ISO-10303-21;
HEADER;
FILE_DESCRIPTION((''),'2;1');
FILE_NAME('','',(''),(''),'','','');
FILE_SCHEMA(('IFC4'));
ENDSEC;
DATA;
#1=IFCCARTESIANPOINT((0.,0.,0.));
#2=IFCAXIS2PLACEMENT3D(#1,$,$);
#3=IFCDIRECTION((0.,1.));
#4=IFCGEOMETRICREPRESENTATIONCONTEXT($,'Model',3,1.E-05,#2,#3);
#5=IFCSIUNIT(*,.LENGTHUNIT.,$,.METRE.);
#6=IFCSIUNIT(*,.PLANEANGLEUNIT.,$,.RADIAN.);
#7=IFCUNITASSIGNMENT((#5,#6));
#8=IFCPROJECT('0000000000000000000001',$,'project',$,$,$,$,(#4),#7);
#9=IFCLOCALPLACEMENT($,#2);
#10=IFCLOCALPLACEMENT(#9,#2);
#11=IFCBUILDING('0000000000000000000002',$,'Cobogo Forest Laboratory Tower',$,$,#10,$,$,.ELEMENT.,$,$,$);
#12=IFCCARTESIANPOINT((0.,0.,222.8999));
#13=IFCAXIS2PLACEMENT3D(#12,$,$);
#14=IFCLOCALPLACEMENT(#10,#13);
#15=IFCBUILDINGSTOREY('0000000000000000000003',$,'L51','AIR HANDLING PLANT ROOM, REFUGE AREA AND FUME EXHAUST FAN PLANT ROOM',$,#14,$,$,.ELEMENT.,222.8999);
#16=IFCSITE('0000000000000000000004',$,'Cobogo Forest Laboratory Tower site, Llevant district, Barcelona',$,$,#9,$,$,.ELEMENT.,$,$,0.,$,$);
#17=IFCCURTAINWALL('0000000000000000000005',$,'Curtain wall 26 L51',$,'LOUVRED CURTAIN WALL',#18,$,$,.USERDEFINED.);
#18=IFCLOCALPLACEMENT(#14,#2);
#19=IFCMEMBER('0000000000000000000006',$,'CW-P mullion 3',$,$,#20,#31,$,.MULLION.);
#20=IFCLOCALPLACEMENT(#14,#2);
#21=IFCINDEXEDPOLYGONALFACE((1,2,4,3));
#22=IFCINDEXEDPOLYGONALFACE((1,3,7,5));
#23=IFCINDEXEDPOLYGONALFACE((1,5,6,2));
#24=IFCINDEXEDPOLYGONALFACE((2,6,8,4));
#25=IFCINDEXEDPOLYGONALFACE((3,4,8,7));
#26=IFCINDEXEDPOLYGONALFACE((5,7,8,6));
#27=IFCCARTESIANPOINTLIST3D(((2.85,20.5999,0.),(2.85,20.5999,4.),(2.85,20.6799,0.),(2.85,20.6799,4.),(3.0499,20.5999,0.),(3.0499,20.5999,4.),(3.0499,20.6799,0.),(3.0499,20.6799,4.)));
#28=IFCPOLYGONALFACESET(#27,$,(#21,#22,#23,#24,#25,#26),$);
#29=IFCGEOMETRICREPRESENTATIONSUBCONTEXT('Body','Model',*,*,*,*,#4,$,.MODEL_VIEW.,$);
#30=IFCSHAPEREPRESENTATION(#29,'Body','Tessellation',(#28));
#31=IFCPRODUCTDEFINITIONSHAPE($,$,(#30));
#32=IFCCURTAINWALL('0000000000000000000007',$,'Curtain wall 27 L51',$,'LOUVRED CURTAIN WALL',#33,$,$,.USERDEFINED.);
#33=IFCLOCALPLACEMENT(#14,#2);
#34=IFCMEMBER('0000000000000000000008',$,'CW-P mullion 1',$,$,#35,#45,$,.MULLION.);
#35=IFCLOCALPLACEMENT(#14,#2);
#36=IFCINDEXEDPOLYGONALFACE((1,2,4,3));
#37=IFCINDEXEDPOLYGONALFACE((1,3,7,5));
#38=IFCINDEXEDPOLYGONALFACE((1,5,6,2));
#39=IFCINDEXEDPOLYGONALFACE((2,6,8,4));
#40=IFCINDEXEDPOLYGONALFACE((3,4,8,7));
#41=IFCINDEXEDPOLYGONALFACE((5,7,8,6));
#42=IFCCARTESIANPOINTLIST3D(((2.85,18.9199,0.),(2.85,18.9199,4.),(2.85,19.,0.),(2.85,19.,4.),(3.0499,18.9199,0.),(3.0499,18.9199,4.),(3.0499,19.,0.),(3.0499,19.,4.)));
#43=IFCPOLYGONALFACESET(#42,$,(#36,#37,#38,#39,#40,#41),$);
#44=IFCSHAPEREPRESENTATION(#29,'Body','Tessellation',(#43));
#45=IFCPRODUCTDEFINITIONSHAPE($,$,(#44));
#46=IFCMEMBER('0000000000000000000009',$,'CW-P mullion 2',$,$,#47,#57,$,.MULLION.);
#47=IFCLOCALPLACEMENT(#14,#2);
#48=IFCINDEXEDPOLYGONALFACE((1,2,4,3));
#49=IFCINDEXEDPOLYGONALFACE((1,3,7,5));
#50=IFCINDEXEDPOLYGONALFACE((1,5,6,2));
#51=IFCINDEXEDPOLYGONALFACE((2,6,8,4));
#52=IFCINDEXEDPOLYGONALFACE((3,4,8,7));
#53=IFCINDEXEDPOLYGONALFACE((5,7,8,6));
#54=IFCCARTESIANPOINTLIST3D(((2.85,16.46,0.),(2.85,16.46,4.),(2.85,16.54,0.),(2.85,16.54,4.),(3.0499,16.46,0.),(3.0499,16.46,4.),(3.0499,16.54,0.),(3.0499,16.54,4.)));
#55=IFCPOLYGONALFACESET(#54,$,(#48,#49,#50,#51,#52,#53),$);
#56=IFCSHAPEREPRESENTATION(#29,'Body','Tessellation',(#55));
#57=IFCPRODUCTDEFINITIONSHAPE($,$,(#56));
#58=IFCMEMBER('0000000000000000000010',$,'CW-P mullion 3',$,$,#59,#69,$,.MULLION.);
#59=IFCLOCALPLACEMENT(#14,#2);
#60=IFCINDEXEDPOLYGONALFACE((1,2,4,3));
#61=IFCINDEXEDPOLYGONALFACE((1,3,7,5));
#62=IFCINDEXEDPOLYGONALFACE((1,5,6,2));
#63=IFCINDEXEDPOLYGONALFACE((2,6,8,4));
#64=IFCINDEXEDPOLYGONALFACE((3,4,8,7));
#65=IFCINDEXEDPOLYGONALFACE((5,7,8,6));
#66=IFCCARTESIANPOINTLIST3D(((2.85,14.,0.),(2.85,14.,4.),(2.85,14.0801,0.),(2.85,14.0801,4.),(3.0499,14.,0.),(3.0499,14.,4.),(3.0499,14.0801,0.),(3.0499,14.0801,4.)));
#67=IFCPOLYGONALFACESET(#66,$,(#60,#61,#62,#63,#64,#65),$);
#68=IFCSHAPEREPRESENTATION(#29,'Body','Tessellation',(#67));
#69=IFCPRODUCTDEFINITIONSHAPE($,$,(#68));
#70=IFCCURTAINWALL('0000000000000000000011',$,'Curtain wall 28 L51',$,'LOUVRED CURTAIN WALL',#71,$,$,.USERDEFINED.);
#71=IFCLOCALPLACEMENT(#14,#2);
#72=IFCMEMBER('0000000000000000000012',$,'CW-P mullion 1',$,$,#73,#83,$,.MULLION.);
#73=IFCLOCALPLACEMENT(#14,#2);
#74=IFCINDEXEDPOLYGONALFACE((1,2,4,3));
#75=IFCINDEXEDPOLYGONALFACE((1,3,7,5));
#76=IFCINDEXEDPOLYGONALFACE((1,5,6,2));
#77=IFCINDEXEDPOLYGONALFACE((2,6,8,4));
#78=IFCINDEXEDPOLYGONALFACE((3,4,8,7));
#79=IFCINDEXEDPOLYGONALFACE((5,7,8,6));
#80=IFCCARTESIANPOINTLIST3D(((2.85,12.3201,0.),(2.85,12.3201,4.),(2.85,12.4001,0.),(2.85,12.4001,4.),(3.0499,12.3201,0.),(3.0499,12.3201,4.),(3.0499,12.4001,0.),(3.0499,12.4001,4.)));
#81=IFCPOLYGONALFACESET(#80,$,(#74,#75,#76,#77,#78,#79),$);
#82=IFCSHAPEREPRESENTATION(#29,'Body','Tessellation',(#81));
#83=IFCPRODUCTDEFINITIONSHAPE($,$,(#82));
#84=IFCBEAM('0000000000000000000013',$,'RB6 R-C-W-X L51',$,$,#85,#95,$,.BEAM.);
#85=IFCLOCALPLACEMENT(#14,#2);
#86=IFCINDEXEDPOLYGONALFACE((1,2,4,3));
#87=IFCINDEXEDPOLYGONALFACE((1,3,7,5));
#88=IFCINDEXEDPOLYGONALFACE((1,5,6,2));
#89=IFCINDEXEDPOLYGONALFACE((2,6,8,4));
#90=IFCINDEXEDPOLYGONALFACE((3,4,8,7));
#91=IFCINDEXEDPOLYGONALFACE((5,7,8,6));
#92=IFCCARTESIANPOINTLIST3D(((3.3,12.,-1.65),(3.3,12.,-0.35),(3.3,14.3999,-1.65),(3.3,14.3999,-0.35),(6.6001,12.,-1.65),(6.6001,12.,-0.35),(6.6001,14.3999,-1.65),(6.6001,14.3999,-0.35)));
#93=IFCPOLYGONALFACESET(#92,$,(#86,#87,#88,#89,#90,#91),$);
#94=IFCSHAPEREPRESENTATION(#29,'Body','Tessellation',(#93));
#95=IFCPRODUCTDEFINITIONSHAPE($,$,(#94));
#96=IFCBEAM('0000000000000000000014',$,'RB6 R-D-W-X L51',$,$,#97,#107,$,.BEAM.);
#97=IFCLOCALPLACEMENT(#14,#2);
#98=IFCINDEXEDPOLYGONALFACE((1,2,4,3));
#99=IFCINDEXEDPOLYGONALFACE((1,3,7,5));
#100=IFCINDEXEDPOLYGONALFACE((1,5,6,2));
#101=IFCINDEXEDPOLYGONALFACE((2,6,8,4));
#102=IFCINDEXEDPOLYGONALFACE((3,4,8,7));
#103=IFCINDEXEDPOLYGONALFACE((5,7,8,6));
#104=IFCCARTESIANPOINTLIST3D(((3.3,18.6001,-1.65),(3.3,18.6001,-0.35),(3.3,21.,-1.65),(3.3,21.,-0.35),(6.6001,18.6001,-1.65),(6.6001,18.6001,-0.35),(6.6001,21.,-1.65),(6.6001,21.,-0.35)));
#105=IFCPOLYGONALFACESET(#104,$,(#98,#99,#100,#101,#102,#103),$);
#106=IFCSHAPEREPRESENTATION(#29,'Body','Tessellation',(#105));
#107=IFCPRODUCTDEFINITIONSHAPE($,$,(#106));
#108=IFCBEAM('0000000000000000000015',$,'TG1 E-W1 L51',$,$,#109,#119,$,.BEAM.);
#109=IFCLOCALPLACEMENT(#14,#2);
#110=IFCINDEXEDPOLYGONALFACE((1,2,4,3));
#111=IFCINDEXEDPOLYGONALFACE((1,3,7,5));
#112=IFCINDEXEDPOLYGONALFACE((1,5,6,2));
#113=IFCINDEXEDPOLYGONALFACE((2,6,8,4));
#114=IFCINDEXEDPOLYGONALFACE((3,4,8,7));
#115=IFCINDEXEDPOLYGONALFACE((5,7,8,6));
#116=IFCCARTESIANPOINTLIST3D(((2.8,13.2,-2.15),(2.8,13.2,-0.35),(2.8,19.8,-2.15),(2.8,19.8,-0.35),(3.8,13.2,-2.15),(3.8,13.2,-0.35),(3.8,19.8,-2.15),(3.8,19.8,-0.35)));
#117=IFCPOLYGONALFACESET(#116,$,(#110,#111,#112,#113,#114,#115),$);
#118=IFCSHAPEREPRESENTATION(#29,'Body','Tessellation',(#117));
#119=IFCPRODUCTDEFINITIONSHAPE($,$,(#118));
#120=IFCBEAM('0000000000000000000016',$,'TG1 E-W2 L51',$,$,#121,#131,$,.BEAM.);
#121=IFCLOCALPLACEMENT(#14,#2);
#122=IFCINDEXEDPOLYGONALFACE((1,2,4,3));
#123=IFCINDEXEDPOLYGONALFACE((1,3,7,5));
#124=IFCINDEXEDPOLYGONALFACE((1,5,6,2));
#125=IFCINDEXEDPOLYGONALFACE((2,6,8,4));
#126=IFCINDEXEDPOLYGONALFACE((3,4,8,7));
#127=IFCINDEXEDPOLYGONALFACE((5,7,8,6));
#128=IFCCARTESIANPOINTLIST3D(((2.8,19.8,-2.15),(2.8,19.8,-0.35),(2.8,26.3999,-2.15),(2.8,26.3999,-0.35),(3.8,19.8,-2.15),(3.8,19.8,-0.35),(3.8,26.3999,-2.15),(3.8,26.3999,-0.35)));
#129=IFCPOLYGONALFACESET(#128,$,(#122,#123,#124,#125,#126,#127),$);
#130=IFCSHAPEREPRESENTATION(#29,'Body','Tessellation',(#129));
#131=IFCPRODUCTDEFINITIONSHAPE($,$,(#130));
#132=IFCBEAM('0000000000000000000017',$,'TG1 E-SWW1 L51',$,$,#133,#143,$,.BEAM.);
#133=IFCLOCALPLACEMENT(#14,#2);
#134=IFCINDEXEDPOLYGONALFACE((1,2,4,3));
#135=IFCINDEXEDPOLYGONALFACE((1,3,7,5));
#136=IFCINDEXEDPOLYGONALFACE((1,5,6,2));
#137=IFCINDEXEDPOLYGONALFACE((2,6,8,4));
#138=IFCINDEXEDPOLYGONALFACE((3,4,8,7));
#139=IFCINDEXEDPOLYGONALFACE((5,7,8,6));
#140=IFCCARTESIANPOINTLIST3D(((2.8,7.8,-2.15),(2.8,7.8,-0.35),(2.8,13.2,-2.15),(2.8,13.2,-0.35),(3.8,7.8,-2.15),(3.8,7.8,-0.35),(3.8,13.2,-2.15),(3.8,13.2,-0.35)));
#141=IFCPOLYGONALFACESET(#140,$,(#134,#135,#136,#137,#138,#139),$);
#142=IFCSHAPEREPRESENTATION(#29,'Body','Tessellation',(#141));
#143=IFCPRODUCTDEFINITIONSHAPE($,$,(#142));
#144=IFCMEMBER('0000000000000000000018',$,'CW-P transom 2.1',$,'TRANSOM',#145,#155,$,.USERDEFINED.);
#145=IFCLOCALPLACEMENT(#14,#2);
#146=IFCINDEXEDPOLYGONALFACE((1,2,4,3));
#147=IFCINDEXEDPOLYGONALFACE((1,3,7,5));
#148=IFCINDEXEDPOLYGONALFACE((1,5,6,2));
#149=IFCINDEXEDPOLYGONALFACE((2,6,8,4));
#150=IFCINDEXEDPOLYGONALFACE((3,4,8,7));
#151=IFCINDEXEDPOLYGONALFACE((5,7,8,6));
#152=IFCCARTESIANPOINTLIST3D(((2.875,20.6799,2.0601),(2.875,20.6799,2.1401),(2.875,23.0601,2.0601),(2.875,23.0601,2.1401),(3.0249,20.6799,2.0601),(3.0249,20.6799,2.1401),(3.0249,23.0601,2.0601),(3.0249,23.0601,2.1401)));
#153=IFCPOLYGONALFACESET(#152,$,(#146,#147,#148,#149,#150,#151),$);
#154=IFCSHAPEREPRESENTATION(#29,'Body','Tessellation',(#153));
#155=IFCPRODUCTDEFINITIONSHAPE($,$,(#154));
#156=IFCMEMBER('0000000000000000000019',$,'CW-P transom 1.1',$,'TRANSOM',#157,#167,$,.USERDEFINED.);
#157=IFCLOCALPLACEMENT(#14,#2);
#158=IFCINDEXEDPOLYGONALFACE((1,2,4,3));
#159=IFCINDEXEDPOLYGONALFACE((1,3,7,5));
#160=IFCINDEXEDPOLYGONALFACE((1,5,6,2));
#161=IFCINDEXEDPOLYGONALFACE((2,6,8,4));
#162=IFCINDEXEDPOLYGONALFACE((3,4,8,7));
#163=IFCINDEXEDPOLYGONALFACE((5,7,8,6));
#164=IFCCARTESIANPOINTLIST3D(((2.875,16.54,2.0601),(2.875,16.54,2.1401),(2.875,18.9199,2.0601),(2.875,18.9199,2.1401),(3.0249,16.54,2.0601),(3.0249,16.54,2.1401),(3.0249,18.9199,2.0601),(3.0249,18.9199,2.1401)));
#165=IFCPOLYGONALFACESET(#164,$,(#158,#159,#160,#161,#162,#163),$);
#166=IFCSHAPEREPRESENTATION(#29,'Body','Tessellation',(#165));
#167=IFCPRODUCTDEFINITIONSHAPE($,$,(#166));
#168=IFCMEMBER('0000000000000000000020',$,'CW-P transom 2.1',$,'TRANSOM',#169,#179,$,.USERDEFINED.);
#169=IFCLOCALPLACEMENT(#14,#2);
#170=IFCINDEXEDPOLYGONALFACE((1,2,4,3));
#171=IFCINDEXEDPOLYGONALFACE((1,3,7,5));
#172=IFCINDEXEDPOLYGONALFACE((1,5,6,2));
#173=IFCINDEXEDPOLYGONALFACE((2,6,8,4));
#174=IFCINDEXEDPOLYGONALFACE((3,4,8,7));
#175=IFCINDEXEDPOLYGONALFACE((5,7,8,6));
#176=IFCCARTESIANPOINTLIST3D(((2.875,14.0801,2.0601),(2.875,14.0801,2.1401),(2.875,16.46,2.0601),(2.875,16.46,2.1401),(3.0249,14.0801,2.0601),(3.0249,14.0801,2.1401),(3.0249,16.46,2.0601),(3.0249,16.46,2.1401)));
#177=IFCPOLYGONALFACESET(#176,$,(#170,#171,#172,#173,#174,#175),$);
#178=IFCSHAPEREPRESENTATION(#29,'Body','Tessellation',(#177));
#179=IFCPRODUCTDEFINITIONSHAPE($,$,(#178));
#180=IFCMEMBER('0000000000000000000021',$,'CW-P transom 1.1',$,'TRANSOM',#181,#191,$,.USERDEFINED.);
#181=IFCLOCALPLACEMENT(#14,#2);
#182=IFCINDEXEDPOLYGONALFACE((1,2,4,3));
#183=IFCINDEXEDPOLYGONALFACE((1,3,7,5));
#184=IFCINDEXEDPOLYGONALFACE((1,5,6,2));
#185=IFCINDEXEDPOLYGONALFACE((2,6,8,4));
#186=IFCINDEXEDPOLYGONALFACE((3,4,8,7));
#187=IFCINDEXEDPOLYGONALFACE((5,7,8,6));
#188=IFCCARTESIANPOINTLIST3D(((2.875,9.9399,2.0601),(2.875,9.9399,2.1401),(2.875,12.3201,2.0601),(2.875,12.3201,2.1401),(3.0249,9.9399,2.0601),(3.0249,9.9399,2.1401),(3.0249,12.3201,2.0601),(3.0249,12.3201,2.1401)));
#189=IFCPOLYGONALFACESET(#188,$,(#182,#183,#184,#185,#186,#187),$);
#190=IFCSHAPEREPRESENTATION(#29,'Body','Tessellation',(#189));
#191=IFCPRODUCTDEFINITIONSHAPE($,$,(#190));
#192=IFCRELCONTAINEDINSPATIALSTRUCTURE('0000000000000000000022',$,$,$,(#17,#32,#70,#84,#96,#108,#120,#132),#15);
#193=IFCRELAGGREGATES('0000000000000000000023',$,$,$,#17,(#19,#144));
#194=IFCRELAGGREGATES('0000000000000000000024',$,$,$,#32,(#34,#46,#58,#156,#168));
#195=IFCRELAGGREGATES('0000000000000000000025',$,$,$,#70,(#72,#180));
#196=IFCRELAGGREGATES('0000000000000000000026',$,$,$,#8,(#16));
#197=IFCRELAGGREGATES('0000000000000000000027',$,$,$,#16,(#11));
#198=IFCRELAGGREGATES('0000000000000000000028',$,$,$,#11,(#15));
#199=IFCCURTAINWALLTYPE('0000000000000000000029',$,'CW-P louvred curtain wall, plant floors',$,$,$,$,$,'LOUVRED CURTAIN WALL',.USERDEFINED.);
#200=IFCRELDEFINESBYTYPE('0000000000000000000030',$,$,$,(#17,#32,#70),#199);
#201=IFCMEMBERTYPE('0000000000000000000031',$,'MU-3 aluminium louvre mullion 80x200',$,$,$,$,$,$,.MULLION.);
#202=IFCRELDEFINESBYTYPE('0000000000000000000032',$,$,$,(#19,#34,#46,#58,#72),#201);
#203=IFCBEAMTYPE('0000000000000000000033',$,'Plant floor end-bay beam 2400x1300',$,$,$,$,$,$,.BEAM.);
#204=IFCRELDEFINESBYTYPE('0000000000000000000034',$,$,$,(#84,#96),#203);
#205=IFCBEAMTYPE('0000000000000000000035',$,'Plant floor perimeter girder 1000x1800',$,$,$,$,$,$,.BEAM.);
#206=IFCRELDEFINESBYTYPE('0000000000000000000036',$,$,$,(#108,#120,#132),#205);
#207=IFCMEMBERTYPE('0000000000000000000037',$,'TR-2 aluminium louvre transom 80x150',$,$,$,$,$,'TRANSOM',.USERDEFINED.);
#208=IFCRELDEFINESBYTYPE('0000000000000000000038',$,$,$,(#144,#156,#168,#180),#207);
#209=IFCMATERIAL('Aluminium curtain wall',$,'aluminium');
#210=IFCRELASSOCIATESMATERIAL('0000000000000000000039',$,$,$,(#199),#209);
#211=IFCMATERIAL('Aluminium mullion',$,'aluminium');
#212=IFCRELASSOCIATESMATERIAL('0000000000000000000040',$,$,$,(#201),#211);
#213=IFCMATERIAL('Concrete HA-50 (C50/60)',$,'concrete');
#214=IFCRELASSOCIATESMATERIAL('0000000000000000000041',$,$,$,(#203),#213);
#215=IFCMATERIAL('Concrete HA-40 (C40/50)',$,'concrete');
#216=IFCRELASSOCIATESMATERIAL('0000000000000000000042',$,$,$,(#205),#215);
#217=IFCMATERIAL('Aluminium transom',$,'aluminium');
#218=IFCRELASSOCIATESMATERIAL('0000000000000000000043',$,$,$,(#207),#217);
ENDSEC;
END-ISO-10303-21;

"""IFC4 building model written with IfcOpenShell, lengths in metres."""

from ifc_helpers import new_model, si_unit, direction, frame, origin, origin_2d, place, context, subcontext, project, spatial, rectangle, extrude, material, material_profile, profile_set, type_object, element, aggregate, save


model = new_model("IFC4")

# Units and contexts
model_context = context("Model", 3, precision=1e-05, world=origin(), true_north=direction((0.0, 1.0)))
body_context = subcontext(model_context, "Body", "Model", "MODEL_VIEW")
ifc_project = project(units=[si_unit("LENGTHUNIT", "METRE"), si_unit("PLANEANGLEUNIT", "RADIAN")], contexts=[model_context])

# Site, building, storey
site_placement = place(None, origin())
site = spatial("IfcSite", under=ifc_project, at=site_placement, Name="Cobogo Forest Laboratory Tower site, Llevant district, Barcelona", CompositionType="ELEMENT", RefElevation=0.0)
building_placement = place(site_placement, origin())
building = spatial("IfcBuilding", under=site, at=building_placement, Name="Cobogo Forest Laboratory Tower", CompositionType="ELEMENT")
storey_placement = place(building_placement, frame((0.0, 0.0, 222.8999)))
storey = spatial("IfcBuildingStorey", under=building, at=storey_placement, Name="L51", Description="AIR HANDLING PLANT ROOM, REFUGE AREA AND FUME EXHAUST FAN PLANT ROOM", CompositionType="ELEMENT", Elevation=222.8999)

# Shared definitions
ifc_material_1 = material(Name="Concrete HA-50 (C50/60)", Category="concrete")

# Curtain walls, members
ifc_material_2 = material(Name="Aluminium curtain wall", Category="aluminium")
curtain_wall_type = type_object("IfcCurtainWallType", Name="CW-P louvred curtain wall, plant floors", ElementType="LOUVRED CURTAIN WALL", PredefinedType="USERDEFINED", material=ifc_material_2)
curtain_wall_1_placement = place(storey_placement, origin())
curtain_wall_1 = element("IfcCurtainWall", 1, at=curtain_wall_1_placement, inside=storey, type_object=curtain_wall_type, Name="Curtain wall 26 L51", ObjectType="LOUVRED CURTAIN WALL", PredefinedType="USERDEFINED")
ifc_material_3 = material(Name="Aluminium mullion", Category="aluminium")
ifc_material_profile_1 = material_profile(ifc_material_3, rectangle(XDim=0.0801, YDim=0.2, at=origin_2d()), Name="AL 80x200")
ifc_profile_set_1 = profile_set([ifc_material_profile_1], Name="Aluminium mullion")
member_type_1 = type_object("IfcMemberType", Name="MU-3 aluminium louvre mullion 80x200", PredefinedType="MULLION", material=ifc_profile_set_1)
member_1_placement = place(storey_placement, frame((2.95, 20.6399, 0.0), z_axis=(0.0, 0.0, 1.0), x_axis=(0.0, -1.0, 0.0)))
member_1 = element("IfcMember", 2, at=member_1_placement, type_object=member_type_1, Name="CW-P mullion 3", PredefinedType="MULLION", context=body_context, shape_type="SweptSolid", body=[
    extrude(rectangle(XDim=0.0801, YDim=0.2, at=origin_2d()), origin(), (0.0, 0.0, 1.0), 4.0),
])
curtain_wall_2_placement = place(storey_placement, origin())
curtain_wall_2 = element("IfcCurtainWall", 3, at=curtain_wall_2_placement, inside=storey, type_object=curtain_wall_type, Name="Curtain wall 27 L51", ObjectType="LOUVRED CURTAIN WALL", PredefinedType="USERDEFINED")
member_2_placement = place(storey_placement, frame((2.95, 18.96, 0.0), z_axis=(0.0, 0.0, 1.0), x_axis=(0.0, -1.0, 0.0)))
member_2 = element("IfcMember", 4, at=member_2_placement, type_object=member_type_1, Name="CW-P mullion 1", PredefinedType="MULLION", context=body_context, shape_type="SweptSolid", body=[
    extrude(rectangle(XDim=0.0801, YDim=0.2, at=origin_2d()), origin(), (0.0, 0.0, 1.0), 4.0),
])
member_3_placement = place(storey_placement, frame((2.95, 16.5, 0.0), z_axis=(0.0, 0.0, 1.0), x_axis=(0.0, -1.0, 0.0)))
member_3 = element("IfcMember", 5, at=member_3_placement, type_object=member_type_1, Name="CW-P mullion 2", PredefinedType="MULLION", context=body_context, shape_type="SweptSolid", body=[
    extrude(rectangle(XDim=0.0801, YDim=0.2, at=origin_2d()), origin(), (0.0, 0.0, 1.0), 4.0),
])
member_4_placement = place(storey_placement, frame((2.95, 14.04, 0.0), z_axis=(0.0, 0.0, 1.0), x_axis=(0.0, -1.0, 0.0)))
member_4 = element("IfcMember", 6, at=member_4_placement, type_object=member_type_1, Name="CW-P mullion 3", PredefinedType="MULLION", context=body_context, shape_type="SweptSolid", body=[
    extrude(rectangle(XDim=0.0801, YDim=0.2, at=origin_2d()), origin(), (0.0, 0.0, 1.0), 4.0),
])

# Curtain wall, member
curtain_wall_3_placement = place(storey_placement, origin())
curtain_wall_3 = element("IfcCurtainWall", 7, at=curtain_wall_3_placement, inside=storey, type_object=curtain_wall_type, Name="Curtain wall 28 L51", ObjectType="LOUVRED CURTAIN WALL", PredefinedType="USERDEFINED")
member_5_placement = place(storey_placement, frame((2.95, 12.3601, 0.0), z_axis=(0.0, 0.0, 1.0), x_axis=(0.0, -1.0, 0.0)))
member_5 = element("IfcMember", 8, at=member_5_placement, type_object=member_type_1, Name="CW-P mullion 1", PredefinedType="MULLION", context=body_context, shape_type="SweptSolid", body=[
    extrude(rectangle(XDim=0.0801, YDim=0.2, at=origin_2d()), origin(), (0.0, 0.0, 1.0), 4.0),
])

# Beams
ifc_material_profile_2 = material_profile(ifc_material_1, rectangle(XDim=2.3999, YDim=1.3, at=origin_2d()), Name="RC 2400x1300")
ifc_profile_set_2 = profile_set([ifc_material_profile_2], Name="Concrete HA-50 (C50/60)")
beam_type_1 = type_object("IfcBeamType", Name="Plant floor end-bay beam 2400x1300", PredefinedType="BEAM", material=ifc_profile_set_2)
for number, where, z_axis, x_axis, name in (
    (9, (3.3, 13.2, -1.0), (1.0, 0.0, 0.0), (0.0, 1.0, 0.0), "RB6 R-C-W-X L51"),
    (10, (3.3, 19.8, -1.0), (1.0, 0.0, 0.0), (0.0, 1.0, 0.0), "RB6 R-D-W-X L51"),
):
    element("IfcBeam", number, at=place(storey_placement, frame(where, z_axis=z_axis, x_axis=x_axis)), inside=storey, type_object=beam_type_1, Name=name, PredefinedType="BEAM", context=body_context, shape_type="SweptSolid", body=[
        extrude(rectangle(XDim=2.3999, YDim=1.3, at=origin_2d()), origin(), (0.0, 0.0, 1.0), 3.3),
    ])
ifc_material_4 = material(Name="Concrete HA-40 (C40/50)", Category="concrete")
ifc_material_profile_3 = material_profile(ifc_material_4, rectangle(XDim=1.0, YDim=1.8, at=origin_2d()), Name="RC 1000x1800")
ifc_profile_set_3 = profile_set([ifc_material_profile_3], Name="Concrete HA-40 (C40/50)")
beam_type_2 = type_object("IfcBeamType", Name="Plant floor perimeter girder 1000x1800", PredefinedType="BEAM", material=ifc_profile_set_3)
beam_1_placement = place(storey_placement, frame((3.3, 13.2, -1.25), z_axis=(0.0, 1.0, 0.0), x_axis=(-1.0, 0.0, 0.0)))
element("IfcBeam", 11, at=beam_1_placement, inside=storey, type_object=beam_type_2, Name="TG1 E-W1 L51", PredefinedType="BEAM", context=body_context, shape_type="SweptSolid", body=[
    extrude(rectangle(XDim=1.0, YDim=1.8, at=origin_2d()), origin(), (0.0, 0.0, 1.0), 6.6001),
])
beam_2_placement = place(storey_placement, frame((3.3, 19.8, -1.25), z_axis=(0.0, 1.0, 0.0), x_axis=(-1.0, 0.0, 0.0)))
element("IfcBeam", 12, at=beam_2_placement, inside=storey, type_object=beam_type_2, Name="TG1 E-W2 L51", PredefinedType="BEAM", context=body_context, shape_type="SweptSolid", body=[
    extrude(rectangle(XDim=1.0, YDim=1.8, at=origin_2d()), origin(), (0.0, 0.0, 1.0), 6.5999),
])
beam_3_placement = place(storey_placement, frame((3.3, 13.2, -1.25), z_axis=(0.0, -1.0, 0.0), x_axis=(1.0, 0.0, 0.0)))
element("IfcBeam", 13, at=beam_3_placement, inside=storey, type_object=beam_type_2, Name="TG1 E-SWW1 L51", PredefinedType="BEAM", context=body_context, shape_type="SweptSolid", body=[
    extrude(rectangle(XDim=1.0, YDim=1.8, at=origin_2d()), origin(), (0.0, 0.0, 1.0), 5.3999),
])

# Members
ifc_material_5 = material(Name="Aluminium transom", Category="aluminium")
ifc_material_profile_4 = material_profile(ifc_material_5, rectangle(XDim=0.1499, YDim=0.0801, at=origin_2d()), Name="AL 80x150")
ifc_profile_set_4 = profile_set([ifc_material_profile_4], Name="Aluminium transom")
member_type_2 = type_object("IfcMemberType", Name="TR-2 aluminium louvre transom 80x150", ElementType="TRANSOM", PredefinedType="USERDEFINED", material=ifc_profile_set_4)
member_6_placement = place(storey_placement, frame((2.95, 23.0601, 2.1001), z_axis=(0.0, -1.0, 0.0), x_axis=(1.0, 0.0, 0.0)))
member_6 = element("IfcMember", 14, at=member_6_placement, type_object=member_type_2, Name="CW-P transom 2.1", ObjectType="TRANSOM", PredefinedType="USERDEFINED", context=body_context, shape_type="SweptSolid", body=[
    extrude(rectangle(XDim=0.1499, YDim=0.0801, at=origin_2d()), origin(), (0.0, 0.0, 1.0), 2.3801),
])
member_7_placement = place(storey_placement, frame((2.95, 18.9199, 2.1001), z_axis=(0.0, -1.0, 0.0), x_axis=(1.0, 0.0, 0.0)))
member_7 = element("IfcMember", 15, at=member_7_placement, type_object=member_type_2, Name="CW-P transom 1.1", ObjectType="TRANSOM", PredefinedType="USERDEFINED", context=body_context, shape_type="SweptSolid", body=[
    extrude(rectangle(XDim=0.1499, YDim=0.0801, at=origin_2d()), origin(), (0.0, 0.0, 1.0), 2.3799),
])
member_8_placement = place(storey_placement, frame((2.95, 16.46, 2.1001), z_axis=(0.0, -1.0, 0.0), x_axis=(1.0, 0.0, 0.0)))
member_8 = element("IfcMember", 16, at=member_8_placement, type_object=member_type_2, Name="CW-P transom 2.1", ObjectType="TRANSOM", PredefinedType="USERDEFINED", context=body_context, shape_type="SweptSolid", body=[
    extrude(rectangle(XDim=0.1499, YDim=0.0801, at=origin_2d()), origin(), (0.0, 0.0, 1.0), 2.3799),
])
member_9_placement = place(storey_placement, frame((2.95, 12.3201, 2.1001), z_axis=(0.0, -1.0, 0.0), x_axis=(1.0, 0.0, 0.0)))
member_9 = element("IfcMember", 17, at=member_9_placement, type_object=member_type_2, Name="CW-P transom 1.1", ObjectType="TRANSOM", PredefinedType="USERDEFINED", context=body_context, shape_type="SweptSolid", body=[
    extrude(rectangle(XDim=0.1499, YDim=0.0801, at=origin_2d()), origin(), (0.0, 0.0, 1.0), 2.3801),
])

aggregate(curtain_wall_1, [member_1, member_6])
aggregate(curtain_wall_2, [member_2, member_3, member_4, member_7, member_8])
aggregate(curtain_wall_3, [member_5, member_9])

save(model, "model.ifc")
